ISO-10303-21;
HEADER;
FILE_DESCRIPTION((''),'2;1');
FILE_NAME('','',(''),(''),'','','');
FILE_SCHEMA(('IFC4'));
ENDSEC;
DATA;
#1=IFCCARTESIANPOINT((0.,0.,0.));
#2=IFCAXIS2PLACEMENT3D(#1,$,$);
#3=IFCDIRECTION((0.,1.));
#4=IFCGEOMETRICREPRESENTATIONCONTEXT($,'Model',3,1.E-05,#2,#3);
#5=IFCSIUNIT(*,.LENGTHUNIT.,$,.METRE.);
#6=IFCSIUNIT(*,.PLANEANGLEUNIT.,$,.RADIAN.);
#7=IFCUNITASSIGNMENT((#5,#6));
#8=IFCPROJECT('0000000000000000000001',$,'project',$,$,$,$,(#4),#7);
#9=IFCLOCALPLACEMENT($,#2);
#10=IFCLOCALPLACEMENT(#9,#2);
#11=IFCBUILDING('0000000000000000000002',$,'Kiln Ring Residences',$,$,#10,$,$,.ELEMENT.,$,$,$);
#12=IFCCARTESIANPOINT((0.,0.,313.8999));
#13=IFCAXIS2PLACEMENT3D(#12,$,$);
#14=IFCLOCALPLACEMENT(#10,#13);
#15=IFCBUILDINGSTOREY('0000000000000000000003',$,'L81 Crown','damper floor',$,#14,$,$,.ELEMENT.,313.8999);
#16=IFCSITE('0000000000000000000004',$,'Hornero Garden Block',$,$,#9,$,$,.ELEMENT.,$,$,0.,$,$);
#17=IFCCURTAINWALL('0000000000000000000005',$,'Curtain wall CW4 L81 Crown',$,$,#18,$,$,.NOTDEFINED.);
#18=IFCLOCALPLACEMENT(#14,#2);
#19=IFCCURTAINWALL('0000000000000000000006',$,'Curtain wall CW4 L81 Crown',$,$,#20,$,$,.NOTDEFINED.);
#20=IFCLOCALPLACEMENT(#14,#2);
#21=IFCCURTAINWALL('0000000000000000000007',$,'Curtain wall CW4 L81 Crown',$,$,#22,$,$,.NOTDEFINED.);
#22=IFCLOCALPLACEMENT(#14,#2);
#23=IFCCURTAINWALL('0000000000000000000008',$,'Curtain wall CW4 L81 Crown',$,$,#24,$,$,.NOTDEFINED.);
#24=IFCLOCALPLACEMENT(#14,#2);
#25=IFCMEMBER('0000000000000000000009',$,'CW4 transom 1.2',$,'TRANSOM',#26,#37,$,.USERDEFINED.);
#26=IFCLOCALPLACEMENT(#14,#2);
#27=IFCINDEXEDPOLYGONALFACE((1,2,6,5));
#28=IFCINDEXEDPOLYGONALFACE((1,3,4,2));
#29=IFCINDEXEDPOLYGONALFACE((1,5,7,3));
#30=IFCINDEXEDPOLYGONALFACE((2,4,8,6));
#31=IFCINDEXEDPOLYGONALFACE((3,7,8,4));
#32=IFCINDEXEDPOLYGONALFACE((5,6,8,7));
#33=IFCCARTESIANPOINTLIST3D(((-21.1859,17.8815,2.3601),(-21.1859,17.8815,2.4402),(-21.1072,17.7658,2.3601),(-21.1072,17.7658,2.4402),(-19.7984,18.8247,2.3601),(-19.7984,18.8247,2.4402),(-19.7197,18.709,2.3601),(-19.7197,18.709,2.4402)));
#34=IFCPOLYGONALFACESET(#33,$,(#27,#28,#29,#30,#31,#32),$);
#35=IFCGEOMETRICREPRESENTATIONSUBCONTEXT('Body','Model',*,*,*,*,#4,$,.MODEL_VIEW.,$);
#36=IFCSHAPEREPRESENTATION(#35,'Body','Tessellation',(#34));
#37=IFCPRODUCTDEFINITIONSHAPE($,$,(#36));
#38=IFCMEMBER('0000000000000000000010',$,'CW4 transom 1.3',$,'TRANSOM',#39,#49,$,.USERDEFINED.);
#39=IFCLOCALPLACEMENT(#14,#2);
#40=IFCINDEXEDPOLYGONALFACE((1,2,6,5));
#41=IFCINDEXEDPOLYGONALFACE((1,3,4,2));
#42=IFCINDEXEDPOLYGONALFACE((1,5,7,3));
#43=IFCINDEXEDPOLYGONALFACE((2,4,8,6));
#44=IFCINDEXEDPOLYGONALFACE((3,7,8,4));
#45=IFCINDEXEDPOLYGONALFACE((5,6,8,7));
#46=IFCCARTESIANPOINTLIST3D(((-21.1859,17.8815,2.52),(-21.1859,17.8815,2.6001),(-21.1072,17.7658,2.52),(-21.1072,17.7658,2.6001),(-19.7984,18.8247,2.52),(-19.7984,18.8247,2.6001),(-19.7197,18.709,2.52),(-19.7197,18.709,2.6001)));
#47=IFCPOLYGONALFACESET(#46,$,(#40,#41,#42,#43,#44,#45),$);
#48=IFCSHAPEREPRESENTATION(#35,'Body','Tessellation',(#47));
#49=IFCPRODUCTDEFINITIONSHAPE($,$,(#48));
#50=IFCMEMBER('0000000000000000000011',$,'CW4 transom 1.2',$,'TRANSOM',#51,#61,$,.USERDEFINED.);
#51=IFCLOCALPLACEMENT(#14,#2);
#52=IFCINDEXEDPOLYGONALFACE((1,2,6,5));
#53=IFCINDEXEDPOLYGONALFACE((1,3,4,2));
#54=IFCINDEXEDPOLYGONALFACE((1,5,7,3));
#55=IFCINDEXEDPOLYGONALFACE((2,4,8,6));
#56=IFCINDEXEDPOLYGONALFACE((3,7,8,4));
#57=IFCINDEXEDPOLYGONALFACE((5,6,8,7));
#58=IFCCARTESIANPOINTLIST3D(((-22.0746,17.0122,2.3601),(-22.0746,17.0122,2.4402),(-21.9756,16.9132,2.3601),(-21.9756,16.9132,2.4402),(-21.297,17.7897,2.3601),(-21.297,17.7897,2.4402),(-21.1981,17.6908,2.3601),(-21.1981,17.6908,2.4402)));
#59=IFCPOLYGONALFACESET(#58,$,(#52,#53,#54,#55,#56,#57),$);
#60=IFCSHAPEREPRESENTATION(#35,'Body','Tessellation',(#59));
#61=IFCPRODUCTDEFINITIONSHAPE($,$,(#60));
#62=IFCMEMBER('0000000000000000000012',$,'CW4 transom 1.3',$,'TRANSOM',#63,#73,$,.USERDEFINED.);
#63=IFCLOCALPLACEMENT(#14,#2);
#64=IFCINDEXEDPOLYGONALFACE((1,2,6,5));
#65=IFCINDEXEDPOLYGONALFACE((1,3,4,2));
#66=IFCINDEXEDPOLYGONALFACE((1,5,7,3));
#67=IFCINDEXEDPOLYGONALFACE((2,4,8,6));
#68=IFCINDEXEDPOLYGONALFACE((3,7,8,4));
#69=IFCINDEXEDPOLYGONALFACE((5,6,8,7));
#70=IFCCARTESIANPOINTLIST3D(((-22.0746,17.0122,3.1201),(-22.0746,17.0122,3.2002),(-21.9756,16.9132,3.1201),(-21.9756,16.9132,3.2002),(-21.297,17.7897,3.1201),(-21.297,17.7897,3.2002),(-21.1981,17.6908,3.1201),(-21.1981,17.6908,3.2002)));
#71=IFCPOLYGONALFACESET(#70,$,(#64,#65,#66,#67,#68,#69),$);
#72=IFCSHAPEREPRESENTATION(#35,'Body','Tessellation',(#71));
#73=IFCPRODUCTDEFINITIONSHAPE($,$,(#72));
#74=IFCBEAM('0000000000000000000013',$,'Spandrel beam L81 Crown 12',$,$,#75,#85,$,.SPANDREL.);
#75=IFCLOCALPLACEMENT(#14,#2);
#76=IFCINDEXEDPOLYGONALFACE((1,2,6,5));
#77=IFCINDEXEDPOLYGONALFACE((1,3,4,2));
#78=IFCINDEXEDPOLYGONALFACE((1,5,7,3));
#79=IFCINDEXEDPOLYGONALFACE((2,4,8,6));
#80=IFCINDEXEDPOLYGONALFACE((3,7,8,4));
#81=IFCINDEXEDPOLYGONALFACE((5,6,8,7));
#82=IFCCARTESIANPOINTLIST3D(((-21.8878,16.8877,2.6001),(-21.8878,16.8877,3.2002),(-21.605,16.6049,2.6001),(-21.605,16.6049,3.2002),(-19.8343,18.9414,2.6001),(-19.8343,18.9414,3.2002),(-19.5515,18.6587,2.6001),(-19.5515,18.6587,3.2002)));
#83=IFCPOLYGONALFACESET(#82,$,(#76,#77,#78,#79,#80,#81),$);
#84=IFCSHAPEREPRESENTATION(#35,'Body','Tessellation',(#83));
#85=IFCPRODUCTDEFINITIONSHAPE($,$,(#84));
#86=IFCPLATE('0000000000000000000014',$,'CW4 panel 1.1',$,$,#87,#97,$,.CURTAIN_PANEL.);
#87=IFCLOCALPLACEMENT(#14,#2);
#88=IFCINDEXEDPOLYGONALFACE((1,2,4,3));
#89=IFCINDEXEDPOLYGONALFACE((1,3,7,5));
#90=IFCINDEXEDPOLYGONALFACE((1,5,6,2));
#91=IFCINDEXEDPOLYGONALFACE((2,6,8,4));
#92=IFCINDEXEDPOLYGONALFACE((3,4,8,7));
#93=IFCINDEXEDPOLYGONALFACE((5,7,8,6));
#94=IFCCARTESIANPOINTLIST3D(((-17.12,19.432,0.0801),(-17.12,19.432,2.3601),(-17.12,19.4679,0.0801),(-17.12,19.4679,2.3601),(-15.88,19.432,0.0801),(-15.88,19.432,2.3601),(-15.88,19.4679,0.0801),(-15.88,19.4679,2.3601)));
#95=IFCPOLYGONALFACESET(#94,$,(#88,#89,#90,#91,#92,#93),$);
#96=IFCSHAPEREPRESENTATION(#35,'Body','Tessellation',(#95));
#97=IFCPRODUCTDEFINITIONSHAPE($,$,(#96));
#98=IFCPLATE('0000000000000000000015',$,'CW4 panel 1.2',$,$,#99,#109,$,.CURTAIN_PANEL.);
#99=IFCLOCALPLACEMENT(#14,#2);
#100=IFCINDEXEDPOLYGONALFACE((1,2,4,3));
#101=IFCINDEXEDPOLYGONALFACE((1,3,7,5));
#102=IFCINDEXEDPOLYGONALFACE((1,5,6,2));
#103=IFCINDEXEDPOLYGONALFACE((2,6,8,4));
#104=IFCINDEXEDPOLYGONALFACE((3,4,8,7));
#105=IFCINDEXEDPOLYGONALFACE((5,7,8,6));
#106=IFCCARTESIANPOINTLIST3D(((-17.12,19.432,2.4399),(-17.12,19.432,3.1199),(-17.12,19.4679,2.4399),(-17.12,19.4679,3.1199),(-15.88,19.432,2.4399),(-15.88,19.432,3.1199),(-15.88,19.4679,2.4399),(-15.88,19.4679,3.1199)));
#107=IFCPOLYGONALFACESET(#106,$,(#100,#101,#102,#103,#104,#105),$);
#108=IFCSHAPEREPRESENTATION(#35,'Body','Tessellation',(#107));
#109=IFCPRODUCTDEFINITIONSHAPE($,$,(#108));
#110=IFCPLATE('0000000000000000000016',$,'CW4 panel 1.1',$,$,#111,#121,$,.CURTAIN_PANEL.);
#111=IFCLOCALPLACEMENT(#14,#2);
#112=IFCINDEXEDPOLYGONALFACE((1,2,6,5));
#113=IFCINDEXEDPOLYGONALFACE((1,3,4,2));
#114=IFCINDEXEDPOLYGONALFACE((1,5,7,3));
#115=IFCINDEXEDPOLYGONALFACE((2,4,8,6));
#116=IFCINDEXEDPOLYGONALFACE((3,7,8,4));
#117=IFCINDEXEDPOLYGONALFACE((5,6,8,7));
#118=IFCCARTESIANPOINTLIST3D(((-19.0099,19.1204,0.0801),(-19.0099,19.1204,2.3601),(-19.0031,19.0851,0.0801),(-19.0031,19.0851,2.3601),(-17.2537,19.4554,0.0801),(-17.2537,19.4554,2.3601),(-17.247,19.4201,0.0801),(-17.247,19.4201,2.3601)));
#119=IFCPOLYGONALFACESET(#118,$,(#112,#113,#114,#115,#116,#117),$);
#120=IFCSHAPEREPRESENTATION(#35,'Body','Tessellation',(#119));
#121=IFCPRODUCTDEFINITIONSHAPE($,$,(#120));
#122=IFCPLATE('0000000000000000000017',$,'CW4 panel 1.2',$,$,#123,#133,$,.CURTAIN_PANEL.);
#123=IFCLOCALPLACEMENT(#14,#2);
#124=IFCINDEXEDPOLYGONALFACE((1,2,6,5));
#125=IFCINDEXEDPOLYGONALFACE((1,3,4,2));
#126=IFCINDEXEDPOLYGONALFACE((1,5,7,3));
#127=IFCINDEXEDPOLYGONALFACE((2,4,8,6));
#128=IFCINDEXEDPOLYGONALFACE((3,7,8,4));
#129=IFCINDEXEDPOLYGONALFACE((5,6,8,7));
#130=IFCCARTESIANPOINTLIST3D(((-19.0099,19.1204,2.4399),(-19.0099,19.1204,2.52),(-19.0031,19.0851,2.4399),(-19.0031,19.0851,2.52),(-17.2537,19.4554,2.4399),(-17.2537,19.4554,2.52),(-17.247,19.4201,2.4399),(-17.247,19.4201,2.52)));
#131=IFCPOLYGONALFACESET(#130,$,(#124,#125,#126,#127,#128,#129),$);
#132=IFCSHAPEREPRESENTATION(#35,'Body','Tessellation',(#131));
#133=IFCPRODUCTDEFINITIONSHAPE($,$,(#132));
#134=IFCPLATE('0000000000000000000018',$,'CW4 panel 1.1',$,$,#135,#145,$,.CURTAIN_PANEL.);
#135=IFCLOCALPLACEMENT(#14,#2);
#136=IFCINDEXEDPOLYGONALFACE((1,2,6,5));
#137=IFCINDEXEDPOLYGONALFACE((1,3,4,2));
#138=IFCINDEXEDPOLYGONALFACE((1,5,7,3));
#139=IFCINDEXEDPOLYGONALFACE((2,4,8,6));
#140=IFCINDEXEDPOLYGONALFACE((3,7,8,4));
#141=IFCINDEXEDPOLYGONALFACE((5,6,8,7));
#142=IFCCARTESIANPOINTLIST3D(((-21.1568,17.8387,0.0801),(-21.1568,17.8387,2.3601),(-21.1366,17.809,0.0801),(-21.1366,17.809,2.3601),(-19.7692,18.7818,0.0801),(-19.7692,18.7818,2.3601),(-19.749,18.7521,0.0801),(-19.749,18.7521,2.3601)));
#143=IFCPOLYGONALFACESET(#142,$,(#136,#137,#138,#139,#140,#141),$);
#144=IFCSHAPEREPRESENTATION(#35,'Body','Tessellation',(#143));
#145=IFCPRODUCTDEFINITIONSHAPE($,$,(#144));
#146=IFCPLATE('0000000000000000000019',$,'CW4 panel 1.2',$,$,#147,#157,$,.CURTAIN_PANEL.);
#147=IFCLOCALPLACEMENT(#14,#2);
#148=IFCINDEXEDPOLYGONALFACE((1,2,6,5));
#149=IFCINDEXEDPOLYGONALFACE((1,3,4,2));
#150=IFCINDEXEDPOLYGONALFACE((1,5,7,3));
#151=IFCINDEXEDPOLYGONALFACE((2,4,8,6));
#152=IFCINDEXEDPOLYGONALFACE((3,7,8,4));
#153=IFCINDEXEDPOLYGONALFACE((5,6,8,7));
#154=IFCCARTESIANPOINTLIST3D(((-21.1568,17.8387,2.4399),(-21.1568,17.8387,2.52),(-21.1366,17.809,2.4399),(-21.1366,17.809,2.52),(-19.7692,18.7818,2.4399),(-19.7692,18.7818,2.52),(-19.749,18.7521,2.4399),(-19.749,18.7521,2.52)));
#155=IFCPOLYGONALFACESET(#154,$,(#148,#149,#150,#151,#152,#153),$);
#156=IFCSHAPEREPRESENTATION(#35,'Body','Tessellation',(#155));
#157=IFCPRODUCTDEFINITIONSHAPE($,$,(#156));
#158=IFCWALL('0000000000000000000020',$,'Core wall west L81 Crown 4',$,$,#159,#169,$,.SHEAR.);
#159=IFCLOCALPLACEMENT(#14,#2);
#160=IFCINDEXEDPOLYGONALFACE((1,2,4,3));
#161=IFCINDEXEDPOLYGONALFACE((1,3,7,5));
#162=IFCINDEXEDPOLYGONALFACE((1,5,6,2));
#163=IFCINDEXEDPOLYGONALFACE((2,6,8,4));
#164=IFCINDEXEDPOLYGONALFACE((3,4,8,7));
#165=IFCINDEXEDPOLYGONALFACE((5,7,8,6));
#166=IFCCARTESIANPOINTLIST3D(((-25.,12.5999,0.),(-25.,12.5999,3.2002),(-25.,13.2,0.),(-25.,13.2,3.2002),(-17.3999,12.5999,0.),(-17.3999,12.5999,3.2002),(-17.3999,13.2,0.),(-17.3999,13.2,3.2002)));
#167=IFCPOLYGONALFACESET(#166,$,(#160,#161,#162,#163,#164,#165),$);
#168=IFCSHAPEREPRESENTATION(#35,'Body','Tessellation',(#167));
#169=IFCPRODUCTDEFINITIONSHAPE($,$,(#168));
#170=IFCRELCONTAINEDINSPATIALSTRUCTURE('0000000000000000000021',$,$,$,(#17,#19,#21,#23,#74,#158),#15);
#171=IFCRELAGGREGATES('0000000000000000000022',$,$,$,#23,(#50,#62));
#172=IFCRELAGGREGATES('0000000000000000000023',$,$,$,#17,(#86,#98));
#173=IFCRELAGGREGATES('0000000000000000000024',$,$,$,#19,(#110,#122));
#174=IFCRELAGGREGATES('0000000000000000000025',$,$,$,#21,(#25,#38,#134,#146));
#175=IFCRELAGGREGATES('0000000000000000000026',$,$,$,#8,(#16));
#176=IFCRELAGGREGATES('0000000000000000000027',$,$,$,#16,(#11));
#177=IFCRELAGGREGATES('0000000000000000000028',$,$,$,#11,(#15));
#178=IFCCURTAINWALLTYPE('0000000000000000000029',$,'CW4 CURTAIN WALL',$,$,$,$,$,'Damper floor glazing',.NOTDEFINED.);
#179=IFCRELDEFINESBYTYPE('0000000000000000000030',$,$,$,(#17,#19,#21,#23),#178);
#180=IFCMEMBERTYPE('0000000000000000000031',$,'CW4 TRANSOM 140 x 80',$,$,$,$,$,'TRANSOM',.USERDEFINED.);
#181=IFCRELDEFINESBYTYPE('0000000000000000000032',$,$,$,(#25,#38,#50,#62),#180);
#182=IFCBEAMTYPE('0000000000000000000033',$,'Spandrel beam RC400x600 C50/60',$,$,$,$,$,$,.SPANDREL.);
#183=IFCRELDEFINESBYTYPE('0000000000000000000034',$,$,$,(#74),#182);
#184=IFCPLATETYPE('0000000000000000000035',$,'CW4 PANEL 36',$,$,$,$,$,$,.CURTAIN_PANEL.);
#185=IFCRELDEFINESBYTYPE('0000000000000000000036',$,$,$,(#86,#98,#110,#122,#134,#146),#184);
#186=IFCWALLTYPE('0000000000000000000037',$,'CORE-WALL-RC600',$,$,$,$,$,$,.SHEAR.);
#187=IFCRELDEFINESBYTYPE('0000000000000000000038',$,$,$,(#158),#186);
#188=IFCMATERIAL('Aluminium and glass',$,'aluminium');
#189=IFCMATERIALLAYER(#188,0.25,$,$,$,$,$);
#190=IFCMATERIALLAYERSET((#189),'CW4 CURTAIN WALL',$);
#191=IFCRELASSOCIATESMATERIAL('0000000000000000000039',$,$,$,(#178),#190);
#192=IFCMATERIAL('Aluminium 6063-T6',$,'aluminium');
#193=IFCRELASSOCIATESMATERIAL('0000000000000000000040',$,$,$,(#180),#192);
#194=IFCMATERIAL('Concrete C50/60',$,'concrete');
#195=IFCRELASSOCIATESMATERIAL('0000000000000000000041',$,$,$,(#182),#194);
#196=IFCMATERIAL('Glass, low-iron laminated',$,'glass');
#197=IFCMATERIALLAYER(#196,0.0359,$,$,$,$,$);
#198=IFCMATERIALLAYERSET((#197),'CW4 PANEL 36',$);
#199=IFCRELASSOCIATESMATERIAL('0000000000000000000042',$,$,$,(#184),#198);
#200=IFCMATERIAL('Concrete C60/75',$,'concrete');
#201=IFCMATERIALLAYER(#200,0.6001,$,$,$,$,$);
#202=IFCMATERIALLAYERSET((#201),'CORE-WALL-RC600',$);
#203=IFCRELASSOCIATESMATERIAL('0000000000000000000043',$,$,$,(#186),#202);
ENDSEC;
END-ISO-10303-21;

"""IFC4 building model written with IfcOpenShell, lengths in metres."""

from ifc_helpers import new_model, si_unit, direction, frame, frame_2d, origin, origin_2d, place, context, subcontext, project, spatial, rectangle, extrude, material, layer, layer_set, material_profile, profile_set, type_object, element, aggregate, save


model = new_model("IFC4")

# Units and contexts
model_context = context("Model", 3, precision=1e-05, world=origin(), true_north=direction((0.0, 1.0)))
body_context = subcontext(model_context, "Body", "Model", "MODEL_VIEW")
ifc_project = project(units=[si_unit("LENGTHUNIT", "METRE"), si_unit("PLANEANGLEUNIT", "RADIAN")], contexts=[model_context])

# Site, building, storey
site_placement = place(None, origin())
site = spatial("IfcSite", under=ifc_project, at=site_placement, Name="Hornero Garden Block", CompositionType="ELEMENT", RefElevation=0.0)
building_placement = place(site_placement, origin())
building = spatial("IfcBuilding", under=site, at=building_placement, Name="Kiln Ring Residences", CompositionType="ELEMENT")
storey_placement = place(building_placement, frame((0.0, 0.0, 313.8999)))
storey = spatial("IfcBuildingStorey", under=building, at=storey_placement, Name="L81 Crown", Description="damper floor", CompositionType="ELEMENT", Elevation=313.8999)

# Curtain wall
ifc_material_1 = material(Name="Aluminium and glass", Category="aluminium")
ifc_layer_1 = layer(ifc_material_1, 0.25)
ifc_layer_set_1 = layer_set([ifc_layer_1], Name="CW4 CURTAIN WALL")
curtain_wall_type = type_object("IfcCurtainWallType", Name="CW4 CURTAIN WALL", ElementType="Damper floor glazing", PredefinedType="NOTDEFINED", material=ifc_layer_set_1)
placement = place(storey_placement, origin())
curtain_wall_1 = element("IfcCurtainWall", 1, at=placement, inside=storey, type_object=curtain_wall_type, Name="Curtain wall CW4 L81 Crown", PredefinedType="NOTDEFINED")

# Curtain walls
curtain_wall_2 = element("IfcCurtainWall", 2, at=placement, inside=storey, type_object=curtain_wall_type, Name="Curtain wall CW4 L81 Crown", PredefinedType="NOTDEFINED")
curtain_wall_3 = element("IfcCurtainWall", 3, at=placement, inside=storey, type_object=curtain_wall_type, Name="Curtain wall CW4 L81 Crown", PredefinedType="NOTDEFINED")

# Curtain wall
curtain_wall_4 = element("IfcCurtainWall", 4, at=placement, inside=storey, type_object=curtain_wall_type, Name="Curtain wall CW4 L81 Crown", PredefinedType="NOTDEFINED")

# Members
ifc_material_2 = material(Name="Aluminium 6063-T6", Category="aluminium")
ifc_material_profile_1 = material_profile(ifc_material_2, rectangle(XDim=0.1399, YDim=0.0801, at=origin_2d()), Name="AL 140x80")
ifc_profile_set_1 = profile_set([ifc_material_profile_1], Name="Aluminium 6063-T6")
member_type_1 = type_object("IfcMemberType", Name="CW4 TRANSOM 140 x 80", ElementType="TRANSOM", PredefinedType="USERDEFINED", material=ifc_profile_set_1)
member_1_placement = place(storey_placement, frame((-19.759, 18.7668, 2.4001), z_axis=(-0.827024, -0.562167, 0.0), x_axis=(0.562167, -0.827024, 0.0)))
member_1 = element("IfcMember", 5, at=member_1_placement, type_object=member_type_1, Name="CW4 transom 1.2", ObjectType="TRANSOM", PredefinedType="USERDEFINED", context=body_context, shape_type="SweptSolid", body=[
    extrude(rectangle(XDim=0.1399, YDim=0.0801, at=origin_2d()), origin(), (0.0, 0.0, 1.0), 1.6777),
])
member_2_placement = place(storey_placement, frame((-19.759, 18.7668, 2.5601), z_axis=(-0.827024, -0.562167, 0.0), x_axis=(0.562167, -0.827024, 0.0)))
member_2 = element("IfcMember", 6, at=member_2_placement, type_object=member_type_1, Name="CW4 transom 1.3", ObjectType="TRANSOM", PredefinedType="USERDEFINED", context=body_context, shape_type="SweptSolid", body=[
    extrude(rectangle(XDim=0.1399, YDim=0.0801, at=origin_2d()), origin(), (0.0, 0.0, 1.0), 1.6777),
])
member_3_placement = place(storey_placement, frame((-21.2476, 17.7402, 2.4001), z_axis=(-0.707107, -0.707107, 0.0), x_axis=(0.707107, -0.707107, 0.0)))
member_3 = element("IfcMember", 7, at=member_3_placement, type_object=member_type_1, Name="CW4 transom 1.2", ObjectType="TRANSOM", PredefinedType="USERDEFINED", context=body_context, shape_type="SweptSolid", body=[
    extrude(rectangle(XDim=0.1399, YDim=0.0801, at=origin_2d()), origin(), (0.0, 0.0, 1.0), 1.0996),
])
member_4_placement = place(storey_placement, frame((-21.2476, 17.7402, 3.1602), z_axis=(-0.707107, -0.707107, 0.0), x_axis=(0.707107, -0.707107, 0.0)))
member_4 = element("IfcMember", 8, at=member_4_placement, type_object=member_type_1, Name="CW4 transom 1.3", ObjectType="TRANSOM", PredefinedType="USERDEFINED", context=body_context, shape_type="SweptSolid", body=[
    extrude(rectangle(XDim=0.1399, YDim=0.0801, at=origin_2d()), origin(), (0.0, 0.0, 1.0), 1.0996),
])
aggregate(curtain_wall_4, [member_3, member_4])

# Beam
ifc_material_3 = material(Name="Concrete C50/60", Category="concrete")
ifc_material_profile_2 = material_profile(ifc_material_3, rectangle(XDim=0.3999, YDim=0.6001, at=origin_2d()), Name="RC400x600")
ifc_profile_set_2 = profile_set([ifc_material_profile_2], Name="Concrete C50/60")
beam_type = type_object("IfcBeamType", Name="Spandrel beam RC400x600 C50/60", PredefinedType="SPANDREL", material=ifc_profile_set_2)
beam_placement = place(storey_placement, frame((-19.6929, 18.8, 2.9001), z_axis=(-0.707065, -0.707149, 0.0), x_axis=(0.707149, -0.707065, 0.0)))
element("IfcBeam", 9, at=beam_placement, inside=storey, type_object=beam_type, Name="Spandrel beam L81 Crown 12", PredefinedType="SPANDREL", context=body_context, shape_type="SweptSolid", body=[
    extrude(rectangle(XDim=0.3999, YDim=0.6001, at=origin_2d()), origin(), (0.0, 0.0, 1.0), 2.9043),
])

# Plates
ifc_material_4 = material(Name="Glass, low-iron laminated", Category="glass")
ifc_layer_2 = layer(ifc_material_4, 0.0359)
ifc_layer_set_2 = layer_set([ifc_layer_2], Name="CW4 PANEL 36")
plate_type = type_object("IfcPlateType", Name="CW4 PANEL 36", PredefinedType="CURTAIN_PANEL", material=ifc_layer_set_2)
plate_1_placement = place(storey_placement, frame((-16.5, 19.45, 0.0801), z_axis=(0.0, 0.0, 1.0), x_axis=(-1.0, 0.0, 0.0)))
plate_1 = element("IfcPlate", 10, at=plate_1_placement, type_object=plate_type, Name="CW4 panel 1.1", PredefinedType="CURTAIN_PANEL", context=body_context, shape_type="SweptSolid", body=[
    extrude(rectangle(XDim=1.24, YDim=0.0359, at=origin_2d()), origin(), (0.0, 0.0, 1.0), 2.28),
])
plate_2_placement = place(storey_placement, frame((-16.5, 19.45, 2.4399), z_axis=(0.0, 0.0, 1.0), x_axis=(-1.0, 0.0, 0.0)))
plate_2 = element("IfcPlate", 11, at=plate_2_placement, type_object=plate_type, Name="CW4 panel 1.2", PredefinedType="CURTAIN_PANEL", context=body_context, shape_type="SweptSolid", body=[
    extrude(rectangle(XDim=1.24, YDim=0.0359, at=origin_2d()), origin(), (0.0, 0.0, 1.0), 0.6799),
])
aggregate(curtain_wall_1, [plate_1, plate_2])
plate_3_placement = place(storey_placement, frame((-18.1284, 19.2703, 0.0801), z_axis=(0.0, 0.0, 1.0), x_axis=(-0.98229, -0.187366, 0.0)))
plate_3 = element("IfcPlate", 12, at=plate_3_placement, type_object=plate_type, Name="CW4 panel 1.1", PredefinedType="CURTAIN_PANEL", context=body_context, shape_type="SweptSolid", body=[
    extrude(rectangle(XDim=1.7878, YDim=0.0359, at=origin_2d()), origin(), (0.0, 0.0, 1.0), 2.28),
])
plate_4_placement = place(storey_placement, frame((-18.1284, 19.2703, 2.4399), z_axis=(0.0, 0.0, 1.0), x_axis=(-0.98229, -0.187366, 0.0)))
plate_4 = element("IfcPlate", 13, at=plate_4_placement, type_object=plate_type, Name="CW4 panel 1.2", PredefinedType="CURTAIN_PANEL", context=body_context, shape_type="SweptSolid", body=[
    extrude(rectangle(XDim=1.7878, YDim=0.0359, at=origin_2d()), origin(), (0.0, 0.0, 1.0), 0.0801),
])
aggregate(curtain_wall_2, [plate_3, plate_4])
plate_5_placement = place(storey_placement, frame((-20.4529, 18.2954, 0.0801), z_axis=(0.0, 0.0, 1.0), x_axis=(-0.827072, -0.562097, 0.0)))
plate_5 = element("IfcPlate", 14, at=plate_5_placement, type_object=plate_type, Name="CW4 panel 1.1", PredefinedType="CURTAIN_PANEL", context=body_context, shape_type="SweptSolid", body=[
    extrude(rectangle(XDim=1.6777, YDim=0.0359, at=origin_2d()), origin(), (0.0, 0.0, 1.0), 2.28),
])
plate_6_placement = place(storey_placement, frame((-20.4529, 18.2954, 2.4399), z_axis=(0.0, 0.0, 1.0), x_axis=(-0.827072, -0.562097, 0.0)))
plate_6 = element("IfcPlate", 15, at=plate_6_placement, type_object=plate_type, Name="CW4 panel 1.2", PredefinedType="CURTAIN_PANEL", context=body_context, shape_type="SweptSolid", body=[
    extrude(rectangle(XDim=1.6777, YDim=0.0359, at=origin_2d()), origin(), (0.0, 0.0, 1.0), 0.0801),
])
aggregate(curtain_wall_3, [member_1, member_2, plate_5, plate_6])

# Wall
ifc_material_5 = material(Name="Concrete C60/75", Category="concrete")
ifc_layer_3 = layer(ifc_material_5, 0.6001)
ifc_layer_set_3 = layer_set([ifc_layer_3], Name="CORE-WALL-RC600")
wall_type_1 = type_object("IfcWallType", Name="CORE-WALL-RC600", PredefinedType="SHEAR", material=ifc_layer_set_3)
wall_1_placement = place(storey_placement, frame((-17.3999, 12.8999, 0.0), z_axis=(0.0, 0.0, 1.0), x_axis=(-1.0, 0.0, 0.0)))
element("IfcWall", 16, at=wall_1_placement, inside=storey, type_object=wall_type_1, Name="Core wall west L81 Crown 4", PredefinedType="SHEAR", context=body_context, shape_type="SweptSolid", body=[
    extrude(rectangle(XDim=7.6001, YDim=0.6001, at=frame_2d((3.8, 0.0))), origin(), (0.0, 0.0, 1.0), 3.2002),
])

save(model, "model.ifc")
